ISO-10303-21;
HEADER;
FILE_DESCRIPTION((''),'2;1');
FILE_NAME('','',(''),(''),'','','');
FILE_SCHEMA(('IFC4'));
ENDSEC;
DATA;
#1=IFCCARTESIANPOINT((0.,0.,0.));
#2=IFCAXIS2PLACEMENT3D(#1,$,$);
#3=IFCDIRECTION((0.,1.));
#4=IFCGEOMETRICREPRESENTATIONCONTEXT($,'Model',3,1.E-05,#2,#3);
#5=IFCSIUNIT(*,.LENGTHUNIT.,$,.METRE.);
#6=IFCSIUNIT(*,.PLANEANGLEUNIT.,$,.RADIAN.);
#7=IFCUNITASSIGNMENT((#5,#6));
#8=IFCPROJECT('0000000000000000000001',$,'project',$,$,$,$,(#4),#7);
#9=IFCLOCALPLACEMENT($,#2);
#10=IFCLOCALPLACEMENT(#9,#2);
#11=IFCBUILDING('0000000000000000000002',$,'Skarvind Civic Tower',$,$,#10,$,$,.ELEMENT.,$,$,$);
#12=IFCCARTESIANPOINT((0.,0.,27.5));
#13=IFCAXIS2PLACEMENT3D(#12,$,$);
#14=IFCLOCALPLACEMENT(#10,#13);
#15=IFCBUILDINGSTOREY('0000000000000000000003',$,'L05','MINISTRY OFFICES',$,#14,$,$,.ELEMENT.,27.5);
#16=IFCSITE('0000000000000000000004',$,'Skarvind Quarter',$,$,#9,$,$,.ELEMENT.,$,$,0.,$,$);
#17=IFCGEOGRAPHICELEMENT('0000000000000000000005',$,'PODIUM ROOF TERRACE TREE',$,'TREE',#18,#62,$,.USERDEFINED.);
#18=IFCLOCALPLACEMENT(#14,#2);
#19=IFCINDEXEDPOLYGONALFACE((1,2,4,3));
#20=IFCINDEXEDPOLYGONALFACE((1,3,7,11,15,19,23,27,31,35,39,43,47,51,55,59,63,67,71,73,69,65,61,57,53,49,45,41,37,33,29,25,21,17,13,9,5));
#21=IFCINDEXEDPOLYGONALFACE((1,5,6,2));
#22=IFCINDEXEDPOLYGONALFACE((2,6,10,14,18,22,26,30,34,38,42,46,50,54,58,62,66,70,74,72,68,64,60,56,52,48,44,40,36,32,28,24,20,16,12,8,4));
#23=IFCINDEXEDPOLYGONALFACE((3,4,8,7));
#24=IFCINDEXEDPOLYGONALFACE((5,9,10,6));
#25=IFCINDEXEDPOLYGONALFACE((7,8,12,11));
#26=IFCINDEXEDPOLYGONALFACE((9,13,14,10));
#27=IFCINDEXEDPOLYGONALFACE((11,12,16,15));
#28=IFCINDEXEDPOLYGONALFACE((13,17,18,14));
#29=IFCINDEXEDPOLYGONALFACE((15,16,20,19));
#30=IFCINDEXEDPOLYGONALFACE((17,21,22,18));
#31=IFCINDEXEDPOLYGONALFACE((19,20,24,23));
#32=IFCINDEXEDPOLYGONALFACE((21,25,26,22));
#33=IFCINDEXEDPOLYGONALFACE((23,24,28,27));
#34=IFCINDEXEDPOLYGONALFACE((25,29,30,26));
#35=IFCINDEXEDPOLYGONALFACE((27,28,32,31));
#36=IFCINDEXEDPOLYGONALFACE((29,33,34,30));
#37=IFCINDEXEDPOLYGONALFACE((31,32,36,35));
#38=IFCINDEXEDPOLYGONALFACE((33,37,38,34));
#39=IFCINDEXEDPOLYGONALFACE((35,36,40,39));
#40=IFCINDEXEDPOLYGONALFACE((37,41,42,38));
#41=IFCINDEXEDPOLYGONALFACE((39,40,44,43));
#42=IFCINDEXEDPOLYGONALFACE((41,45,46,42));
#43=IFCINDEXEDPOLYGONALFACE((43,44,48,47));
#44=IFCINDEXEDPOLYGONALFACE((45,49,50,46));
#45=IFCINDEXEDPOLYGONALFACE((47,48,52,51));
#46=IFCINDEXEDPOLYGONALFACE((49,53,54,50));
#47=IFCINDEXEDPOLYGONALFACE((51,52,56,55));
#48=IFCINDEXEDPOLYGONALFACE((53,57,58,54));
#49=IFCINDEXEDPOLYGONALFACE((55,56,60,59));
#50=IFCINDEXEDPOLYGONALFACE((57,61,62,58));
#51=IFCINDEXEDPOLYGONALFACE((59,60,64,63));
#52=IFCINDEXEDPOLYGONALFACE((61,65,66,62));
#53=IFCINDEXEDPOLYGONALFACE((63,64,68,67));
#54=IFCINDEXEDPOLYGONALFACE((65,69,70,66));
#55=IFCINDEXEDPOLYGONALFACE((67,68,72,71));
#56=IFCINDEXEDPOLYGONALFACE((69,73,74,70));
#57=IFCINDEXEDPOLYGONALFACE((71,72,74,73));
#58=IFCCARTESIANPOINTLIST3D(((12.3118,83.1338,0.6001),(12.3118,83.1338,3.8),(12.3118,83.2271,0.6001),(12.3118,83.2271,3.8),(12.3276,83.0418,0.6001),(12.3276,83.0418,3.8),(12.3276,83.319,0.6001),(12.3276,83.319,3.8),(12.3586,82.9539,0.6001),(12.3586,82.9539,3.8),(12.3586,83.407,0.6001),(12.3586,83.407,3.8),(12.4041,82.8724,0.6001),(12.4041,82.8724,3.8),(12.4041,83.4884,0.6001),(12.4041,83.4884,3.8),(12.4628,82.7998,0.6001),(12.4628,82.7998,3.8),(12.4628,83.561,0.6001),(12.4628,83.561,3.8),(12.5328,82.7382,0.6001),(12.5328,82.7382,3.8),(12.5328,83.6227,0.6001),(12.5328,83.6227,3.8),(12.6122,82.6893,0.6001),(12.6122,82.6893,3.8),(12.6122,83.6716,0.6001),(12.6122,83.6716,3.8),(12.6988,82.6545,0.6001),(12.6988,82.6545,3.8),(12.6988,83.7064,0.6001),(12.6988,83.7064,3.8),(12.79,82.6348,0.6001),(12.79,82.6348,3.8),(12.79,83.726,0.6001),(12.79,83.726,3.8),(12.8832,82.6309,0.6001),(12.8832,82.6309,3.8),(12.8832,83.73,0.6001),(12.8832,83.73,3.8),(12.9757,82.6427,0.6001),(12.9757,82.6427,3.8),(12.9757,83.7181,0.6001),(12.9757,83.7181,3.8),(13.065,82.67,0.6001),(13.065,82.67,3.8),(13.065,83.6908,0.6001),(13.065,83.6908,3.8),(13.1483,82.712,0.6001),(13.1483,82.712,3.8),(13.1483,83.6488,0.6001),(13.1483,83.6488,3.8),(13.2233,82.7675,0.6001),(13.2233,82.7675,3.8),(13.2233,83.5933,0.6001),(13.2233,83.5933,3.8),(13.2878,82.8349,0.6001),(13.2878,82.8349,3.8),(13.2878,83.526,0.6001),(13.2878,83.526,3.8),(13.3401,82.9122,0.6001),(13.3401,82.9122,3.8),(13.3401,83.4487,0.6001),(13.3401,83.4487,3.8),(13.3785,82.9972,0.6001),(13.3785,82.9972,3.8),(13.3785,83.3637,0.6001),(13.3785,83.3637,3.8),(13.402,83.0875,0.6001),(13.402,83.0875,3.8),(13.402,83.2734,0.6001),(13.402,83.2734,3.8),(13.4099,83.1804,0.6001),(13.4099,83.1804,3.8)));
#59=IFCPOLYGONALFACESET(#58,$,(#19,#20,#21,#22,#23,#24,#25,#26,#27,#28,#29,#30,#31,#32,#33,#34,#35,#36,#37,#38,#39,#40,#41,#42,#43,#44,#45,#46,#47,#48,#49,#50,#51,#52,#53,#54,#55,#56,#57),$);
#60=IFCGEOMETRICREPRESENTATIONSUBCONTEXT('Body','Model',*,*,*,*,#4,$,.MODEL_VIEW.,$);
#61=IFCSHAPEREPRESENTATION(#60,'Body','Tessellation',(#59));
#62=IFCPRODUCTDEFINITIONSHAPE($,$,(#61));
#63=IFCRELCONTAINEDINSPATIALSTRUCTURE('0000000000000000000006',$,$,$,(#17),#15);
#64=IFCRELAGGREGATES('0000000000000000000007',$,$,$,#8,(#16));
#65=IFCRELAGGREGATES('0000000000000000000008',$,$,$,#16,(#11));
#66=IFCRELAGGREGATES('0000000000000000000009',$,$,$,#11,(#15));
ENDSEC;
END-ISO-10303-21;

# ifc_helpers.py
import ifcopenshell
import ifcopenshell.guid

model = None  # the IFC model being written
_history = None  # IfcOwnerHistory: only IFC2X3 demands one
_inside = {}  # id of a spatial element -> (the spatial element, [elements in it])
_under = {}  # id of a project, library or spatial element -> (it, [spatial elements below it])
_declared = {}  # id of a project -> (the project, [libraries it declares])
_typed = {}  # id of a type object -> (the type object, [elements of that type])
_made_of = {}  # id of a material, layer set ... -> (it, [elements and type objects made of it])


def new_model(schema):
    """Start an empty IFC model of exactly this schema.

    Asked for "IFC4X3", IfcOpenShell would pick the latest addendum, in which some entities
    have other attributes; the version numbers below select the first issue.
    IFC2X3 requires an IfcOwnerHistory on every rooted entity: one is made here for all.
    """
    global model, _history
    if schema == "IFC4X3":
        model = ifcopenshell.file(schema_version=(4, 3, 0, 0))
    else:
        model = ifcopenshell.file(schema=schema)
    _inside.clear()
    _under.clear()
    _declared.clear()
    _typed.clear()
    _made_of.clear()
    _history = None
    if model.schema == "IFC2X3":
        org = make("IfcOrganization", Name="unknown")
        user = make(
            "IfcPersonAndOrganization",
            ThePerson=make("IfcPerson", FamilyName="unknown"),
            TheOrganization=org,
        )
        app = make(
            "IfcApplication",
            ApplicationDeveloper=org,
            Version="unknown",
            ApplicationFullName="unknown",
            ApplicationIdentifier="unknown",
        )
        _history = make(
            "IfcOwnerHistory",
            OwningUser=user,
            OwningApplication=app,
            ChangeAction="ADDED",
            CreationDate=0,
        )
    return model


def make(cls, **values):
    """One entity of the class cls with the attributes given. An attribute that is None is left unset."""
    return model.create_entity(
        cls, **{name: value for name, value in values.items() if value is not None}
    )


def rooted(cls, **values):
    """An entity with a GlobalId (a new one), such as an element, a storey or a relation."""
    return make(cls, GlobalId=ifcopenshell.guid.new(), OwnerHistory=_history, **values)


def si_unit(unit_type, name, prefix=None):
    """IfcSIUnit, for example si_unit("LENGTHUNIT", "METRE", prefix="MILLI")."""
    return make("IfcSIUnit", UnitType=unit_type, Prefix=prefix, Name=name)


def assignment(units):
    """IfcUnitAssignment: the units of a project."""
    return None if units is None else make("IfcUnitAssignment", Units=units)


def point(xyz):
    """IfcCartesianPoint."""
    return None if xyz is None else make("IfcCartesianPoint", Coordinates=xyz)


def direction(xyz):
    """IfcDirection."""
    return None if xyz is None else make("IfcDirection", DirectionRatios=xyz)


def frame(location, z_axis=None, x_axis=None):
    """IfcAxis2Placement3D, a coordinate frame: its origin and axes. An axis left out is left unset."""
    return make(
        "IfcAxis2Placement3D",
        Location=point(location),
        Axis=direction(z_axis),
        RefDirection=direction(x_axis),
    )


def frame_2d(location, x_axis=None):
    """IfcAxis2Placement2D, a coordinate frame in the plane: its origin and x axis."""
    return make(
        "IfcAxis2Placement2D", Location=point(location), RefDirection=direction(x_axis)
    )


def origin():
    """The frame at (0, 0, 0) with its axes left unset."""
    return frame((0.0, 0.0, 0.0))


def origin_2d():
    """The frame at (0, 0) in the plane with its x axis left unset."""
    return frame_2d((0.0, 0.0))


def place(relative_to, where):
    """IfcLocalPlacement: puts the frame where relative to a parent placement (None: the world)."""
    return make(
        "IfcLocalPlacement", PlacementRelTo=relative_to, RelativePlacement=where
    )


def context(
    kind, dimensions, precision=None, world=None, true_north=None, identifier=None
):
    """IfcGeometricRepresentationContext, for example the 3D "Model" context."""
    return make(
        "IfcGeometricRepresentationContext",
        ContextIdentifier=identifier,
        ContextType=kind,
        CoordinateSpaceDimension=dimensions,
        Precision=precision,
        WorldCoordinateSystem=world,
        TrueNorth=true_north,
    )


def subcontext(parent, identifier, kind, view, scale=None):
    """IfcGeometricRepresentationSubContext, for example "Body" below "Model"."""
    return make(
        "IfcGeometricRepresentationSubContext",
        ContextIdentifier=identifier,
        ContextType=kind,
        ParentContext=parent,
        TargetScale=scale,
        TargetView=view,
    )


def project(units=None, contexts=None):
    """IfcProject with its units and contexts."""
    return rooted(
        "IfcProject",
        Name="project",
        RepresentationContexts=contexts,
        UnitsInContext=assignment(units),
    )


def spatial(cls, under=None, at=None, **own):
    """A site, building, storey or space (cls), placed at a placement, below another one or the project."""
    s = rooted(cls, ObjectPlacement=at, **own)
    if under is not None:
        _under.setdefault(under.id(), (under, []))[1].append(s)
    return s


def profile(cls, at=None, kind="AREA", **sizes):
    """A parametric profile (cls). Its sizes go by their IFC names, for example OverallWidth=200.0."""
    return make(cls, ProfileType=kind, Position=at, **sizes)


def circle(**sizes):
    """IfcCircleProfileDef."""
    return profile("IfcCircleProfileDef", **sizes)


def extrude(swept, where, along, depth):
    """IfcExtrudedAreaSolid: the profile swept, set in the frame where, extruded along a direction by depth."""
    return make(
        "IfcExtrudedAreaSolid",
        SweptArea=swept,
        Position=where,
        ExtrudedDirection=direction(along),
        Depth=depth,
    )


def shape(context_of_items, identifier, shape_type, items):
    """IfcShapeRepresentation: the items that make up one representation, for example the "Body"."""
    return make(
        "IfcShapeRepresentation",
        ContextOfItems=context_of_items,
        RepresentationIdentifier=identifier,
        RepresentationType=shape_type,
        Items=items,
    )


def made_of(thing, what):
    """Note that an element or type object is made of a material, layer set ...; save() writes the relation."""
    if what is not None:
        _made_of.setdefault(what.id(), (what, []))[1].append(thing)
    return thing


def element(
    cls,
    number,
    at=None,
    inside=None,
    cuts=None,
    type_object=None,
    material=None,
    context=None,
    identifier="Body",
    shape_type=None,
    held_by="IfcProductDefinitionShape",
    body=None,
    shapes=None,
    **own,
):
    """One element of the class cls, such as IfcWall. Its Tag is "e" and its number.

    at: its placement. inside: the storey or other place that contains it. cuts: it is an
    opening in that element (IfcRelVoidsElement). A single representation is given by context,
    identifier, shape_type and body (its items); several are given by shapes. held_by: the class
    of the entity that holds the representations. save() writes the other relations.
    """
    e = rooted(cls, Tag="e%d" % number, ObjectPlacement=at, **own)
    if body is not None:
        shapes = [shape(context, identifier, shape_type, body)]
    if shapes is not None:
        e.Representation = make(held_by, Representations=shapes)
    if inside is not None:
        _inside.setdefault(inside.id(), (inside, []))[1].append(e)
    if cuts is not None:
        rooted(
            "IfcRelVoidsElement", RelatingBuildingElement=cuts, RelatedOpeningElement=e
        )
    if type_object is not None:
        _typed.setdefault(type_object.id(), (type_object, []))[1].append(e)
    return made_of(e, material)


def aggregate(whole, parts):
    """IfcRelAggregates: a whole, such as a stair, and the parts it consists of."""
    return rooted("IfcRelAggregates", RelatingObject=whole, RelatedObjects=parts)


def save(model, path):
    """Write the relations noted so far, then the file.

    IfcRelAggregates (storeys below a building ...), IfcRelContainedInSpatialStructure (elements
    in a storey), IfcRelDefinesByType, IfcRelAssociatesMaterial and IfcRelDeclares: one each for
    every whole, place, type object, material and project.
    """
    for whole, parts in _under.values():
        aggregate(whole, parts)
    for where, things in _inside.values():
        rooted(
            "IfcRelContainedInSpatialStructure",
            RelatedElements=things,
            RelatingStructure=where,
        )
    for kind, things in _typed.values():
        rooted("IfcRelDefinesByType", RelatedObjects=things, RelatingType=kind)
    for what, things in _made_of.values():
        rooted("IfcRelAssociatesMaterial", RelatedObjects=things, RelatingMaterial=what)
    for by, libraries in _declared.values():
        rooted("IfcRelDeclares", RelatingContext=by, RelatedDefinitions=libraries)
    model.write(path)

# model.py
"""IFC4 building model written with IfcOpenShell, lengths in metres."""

from ifc_helpers import new_model, si_unit, direction, frame, origin, origin_2d, place, context, subcontext, project, spatial, circle, extrude, element, save


model = new_model("IFC4")

# Units and contexts
model_context = context("Model", 3, precision=1e-05, world=origin(), true_north=direction((0.0, 1.0)))
body_context = subcontext(model_context, "Body", "Model", "MODEL_VIEW")
ifc_project = project(units=[si_unit("LENGTHUNIT", "METRE"), si_unit("PLANEANGLEUNIT", "RADIAN")], contexts=[model_context])

# Site, building, storey
site_placement = place(None, origin())
site = spatial("IfcSite", under=ifc_project, at=site_placement, Name="Skarvind Quarter", CompositionType="ELEMENT", RefElevation=0.0)
building_placement = place(site_placement, origin())
building = spatial("IfcBuilding", under=site, at=building_placement, Name="Skarvind Civic Tower", CompositionType="ELEMENT")
storey_placement = place(building_placement, frame((0.0, 0.0, 27.5)))
storey = spatial("IfcBuildingStorey", under=building, at=storey_placement, Name="L05", Description="MINISTRY OFFICES", CompositionType="ELEMENT", Elevation=27.5)

# Geographic element
for number, where, z_axis, x_axis, name in (
    (1, (12.8599, 83.1804, 0.6001), (0.0, 0.0, 1.0), (1.0, 0.0, 0.0), "PODIUM ROOF TERRACE TREE"),
):
    element("IfcGeographicElement", number, at=place(storey_placement, frame(where, z_axis=z_axis, x_axis=x_axis)), inside=storey, Name=name, ObjectType="TREE", PredefinedType="USERDEFINED", context=body_context, shape_type="SweptSolid", body=[
        extrude(circle(Radius=0.55, at=origin_2d()), origin(), (0.0, 0.0, 1.0), 3.2),
    ])

save(model, "model.ifc")
